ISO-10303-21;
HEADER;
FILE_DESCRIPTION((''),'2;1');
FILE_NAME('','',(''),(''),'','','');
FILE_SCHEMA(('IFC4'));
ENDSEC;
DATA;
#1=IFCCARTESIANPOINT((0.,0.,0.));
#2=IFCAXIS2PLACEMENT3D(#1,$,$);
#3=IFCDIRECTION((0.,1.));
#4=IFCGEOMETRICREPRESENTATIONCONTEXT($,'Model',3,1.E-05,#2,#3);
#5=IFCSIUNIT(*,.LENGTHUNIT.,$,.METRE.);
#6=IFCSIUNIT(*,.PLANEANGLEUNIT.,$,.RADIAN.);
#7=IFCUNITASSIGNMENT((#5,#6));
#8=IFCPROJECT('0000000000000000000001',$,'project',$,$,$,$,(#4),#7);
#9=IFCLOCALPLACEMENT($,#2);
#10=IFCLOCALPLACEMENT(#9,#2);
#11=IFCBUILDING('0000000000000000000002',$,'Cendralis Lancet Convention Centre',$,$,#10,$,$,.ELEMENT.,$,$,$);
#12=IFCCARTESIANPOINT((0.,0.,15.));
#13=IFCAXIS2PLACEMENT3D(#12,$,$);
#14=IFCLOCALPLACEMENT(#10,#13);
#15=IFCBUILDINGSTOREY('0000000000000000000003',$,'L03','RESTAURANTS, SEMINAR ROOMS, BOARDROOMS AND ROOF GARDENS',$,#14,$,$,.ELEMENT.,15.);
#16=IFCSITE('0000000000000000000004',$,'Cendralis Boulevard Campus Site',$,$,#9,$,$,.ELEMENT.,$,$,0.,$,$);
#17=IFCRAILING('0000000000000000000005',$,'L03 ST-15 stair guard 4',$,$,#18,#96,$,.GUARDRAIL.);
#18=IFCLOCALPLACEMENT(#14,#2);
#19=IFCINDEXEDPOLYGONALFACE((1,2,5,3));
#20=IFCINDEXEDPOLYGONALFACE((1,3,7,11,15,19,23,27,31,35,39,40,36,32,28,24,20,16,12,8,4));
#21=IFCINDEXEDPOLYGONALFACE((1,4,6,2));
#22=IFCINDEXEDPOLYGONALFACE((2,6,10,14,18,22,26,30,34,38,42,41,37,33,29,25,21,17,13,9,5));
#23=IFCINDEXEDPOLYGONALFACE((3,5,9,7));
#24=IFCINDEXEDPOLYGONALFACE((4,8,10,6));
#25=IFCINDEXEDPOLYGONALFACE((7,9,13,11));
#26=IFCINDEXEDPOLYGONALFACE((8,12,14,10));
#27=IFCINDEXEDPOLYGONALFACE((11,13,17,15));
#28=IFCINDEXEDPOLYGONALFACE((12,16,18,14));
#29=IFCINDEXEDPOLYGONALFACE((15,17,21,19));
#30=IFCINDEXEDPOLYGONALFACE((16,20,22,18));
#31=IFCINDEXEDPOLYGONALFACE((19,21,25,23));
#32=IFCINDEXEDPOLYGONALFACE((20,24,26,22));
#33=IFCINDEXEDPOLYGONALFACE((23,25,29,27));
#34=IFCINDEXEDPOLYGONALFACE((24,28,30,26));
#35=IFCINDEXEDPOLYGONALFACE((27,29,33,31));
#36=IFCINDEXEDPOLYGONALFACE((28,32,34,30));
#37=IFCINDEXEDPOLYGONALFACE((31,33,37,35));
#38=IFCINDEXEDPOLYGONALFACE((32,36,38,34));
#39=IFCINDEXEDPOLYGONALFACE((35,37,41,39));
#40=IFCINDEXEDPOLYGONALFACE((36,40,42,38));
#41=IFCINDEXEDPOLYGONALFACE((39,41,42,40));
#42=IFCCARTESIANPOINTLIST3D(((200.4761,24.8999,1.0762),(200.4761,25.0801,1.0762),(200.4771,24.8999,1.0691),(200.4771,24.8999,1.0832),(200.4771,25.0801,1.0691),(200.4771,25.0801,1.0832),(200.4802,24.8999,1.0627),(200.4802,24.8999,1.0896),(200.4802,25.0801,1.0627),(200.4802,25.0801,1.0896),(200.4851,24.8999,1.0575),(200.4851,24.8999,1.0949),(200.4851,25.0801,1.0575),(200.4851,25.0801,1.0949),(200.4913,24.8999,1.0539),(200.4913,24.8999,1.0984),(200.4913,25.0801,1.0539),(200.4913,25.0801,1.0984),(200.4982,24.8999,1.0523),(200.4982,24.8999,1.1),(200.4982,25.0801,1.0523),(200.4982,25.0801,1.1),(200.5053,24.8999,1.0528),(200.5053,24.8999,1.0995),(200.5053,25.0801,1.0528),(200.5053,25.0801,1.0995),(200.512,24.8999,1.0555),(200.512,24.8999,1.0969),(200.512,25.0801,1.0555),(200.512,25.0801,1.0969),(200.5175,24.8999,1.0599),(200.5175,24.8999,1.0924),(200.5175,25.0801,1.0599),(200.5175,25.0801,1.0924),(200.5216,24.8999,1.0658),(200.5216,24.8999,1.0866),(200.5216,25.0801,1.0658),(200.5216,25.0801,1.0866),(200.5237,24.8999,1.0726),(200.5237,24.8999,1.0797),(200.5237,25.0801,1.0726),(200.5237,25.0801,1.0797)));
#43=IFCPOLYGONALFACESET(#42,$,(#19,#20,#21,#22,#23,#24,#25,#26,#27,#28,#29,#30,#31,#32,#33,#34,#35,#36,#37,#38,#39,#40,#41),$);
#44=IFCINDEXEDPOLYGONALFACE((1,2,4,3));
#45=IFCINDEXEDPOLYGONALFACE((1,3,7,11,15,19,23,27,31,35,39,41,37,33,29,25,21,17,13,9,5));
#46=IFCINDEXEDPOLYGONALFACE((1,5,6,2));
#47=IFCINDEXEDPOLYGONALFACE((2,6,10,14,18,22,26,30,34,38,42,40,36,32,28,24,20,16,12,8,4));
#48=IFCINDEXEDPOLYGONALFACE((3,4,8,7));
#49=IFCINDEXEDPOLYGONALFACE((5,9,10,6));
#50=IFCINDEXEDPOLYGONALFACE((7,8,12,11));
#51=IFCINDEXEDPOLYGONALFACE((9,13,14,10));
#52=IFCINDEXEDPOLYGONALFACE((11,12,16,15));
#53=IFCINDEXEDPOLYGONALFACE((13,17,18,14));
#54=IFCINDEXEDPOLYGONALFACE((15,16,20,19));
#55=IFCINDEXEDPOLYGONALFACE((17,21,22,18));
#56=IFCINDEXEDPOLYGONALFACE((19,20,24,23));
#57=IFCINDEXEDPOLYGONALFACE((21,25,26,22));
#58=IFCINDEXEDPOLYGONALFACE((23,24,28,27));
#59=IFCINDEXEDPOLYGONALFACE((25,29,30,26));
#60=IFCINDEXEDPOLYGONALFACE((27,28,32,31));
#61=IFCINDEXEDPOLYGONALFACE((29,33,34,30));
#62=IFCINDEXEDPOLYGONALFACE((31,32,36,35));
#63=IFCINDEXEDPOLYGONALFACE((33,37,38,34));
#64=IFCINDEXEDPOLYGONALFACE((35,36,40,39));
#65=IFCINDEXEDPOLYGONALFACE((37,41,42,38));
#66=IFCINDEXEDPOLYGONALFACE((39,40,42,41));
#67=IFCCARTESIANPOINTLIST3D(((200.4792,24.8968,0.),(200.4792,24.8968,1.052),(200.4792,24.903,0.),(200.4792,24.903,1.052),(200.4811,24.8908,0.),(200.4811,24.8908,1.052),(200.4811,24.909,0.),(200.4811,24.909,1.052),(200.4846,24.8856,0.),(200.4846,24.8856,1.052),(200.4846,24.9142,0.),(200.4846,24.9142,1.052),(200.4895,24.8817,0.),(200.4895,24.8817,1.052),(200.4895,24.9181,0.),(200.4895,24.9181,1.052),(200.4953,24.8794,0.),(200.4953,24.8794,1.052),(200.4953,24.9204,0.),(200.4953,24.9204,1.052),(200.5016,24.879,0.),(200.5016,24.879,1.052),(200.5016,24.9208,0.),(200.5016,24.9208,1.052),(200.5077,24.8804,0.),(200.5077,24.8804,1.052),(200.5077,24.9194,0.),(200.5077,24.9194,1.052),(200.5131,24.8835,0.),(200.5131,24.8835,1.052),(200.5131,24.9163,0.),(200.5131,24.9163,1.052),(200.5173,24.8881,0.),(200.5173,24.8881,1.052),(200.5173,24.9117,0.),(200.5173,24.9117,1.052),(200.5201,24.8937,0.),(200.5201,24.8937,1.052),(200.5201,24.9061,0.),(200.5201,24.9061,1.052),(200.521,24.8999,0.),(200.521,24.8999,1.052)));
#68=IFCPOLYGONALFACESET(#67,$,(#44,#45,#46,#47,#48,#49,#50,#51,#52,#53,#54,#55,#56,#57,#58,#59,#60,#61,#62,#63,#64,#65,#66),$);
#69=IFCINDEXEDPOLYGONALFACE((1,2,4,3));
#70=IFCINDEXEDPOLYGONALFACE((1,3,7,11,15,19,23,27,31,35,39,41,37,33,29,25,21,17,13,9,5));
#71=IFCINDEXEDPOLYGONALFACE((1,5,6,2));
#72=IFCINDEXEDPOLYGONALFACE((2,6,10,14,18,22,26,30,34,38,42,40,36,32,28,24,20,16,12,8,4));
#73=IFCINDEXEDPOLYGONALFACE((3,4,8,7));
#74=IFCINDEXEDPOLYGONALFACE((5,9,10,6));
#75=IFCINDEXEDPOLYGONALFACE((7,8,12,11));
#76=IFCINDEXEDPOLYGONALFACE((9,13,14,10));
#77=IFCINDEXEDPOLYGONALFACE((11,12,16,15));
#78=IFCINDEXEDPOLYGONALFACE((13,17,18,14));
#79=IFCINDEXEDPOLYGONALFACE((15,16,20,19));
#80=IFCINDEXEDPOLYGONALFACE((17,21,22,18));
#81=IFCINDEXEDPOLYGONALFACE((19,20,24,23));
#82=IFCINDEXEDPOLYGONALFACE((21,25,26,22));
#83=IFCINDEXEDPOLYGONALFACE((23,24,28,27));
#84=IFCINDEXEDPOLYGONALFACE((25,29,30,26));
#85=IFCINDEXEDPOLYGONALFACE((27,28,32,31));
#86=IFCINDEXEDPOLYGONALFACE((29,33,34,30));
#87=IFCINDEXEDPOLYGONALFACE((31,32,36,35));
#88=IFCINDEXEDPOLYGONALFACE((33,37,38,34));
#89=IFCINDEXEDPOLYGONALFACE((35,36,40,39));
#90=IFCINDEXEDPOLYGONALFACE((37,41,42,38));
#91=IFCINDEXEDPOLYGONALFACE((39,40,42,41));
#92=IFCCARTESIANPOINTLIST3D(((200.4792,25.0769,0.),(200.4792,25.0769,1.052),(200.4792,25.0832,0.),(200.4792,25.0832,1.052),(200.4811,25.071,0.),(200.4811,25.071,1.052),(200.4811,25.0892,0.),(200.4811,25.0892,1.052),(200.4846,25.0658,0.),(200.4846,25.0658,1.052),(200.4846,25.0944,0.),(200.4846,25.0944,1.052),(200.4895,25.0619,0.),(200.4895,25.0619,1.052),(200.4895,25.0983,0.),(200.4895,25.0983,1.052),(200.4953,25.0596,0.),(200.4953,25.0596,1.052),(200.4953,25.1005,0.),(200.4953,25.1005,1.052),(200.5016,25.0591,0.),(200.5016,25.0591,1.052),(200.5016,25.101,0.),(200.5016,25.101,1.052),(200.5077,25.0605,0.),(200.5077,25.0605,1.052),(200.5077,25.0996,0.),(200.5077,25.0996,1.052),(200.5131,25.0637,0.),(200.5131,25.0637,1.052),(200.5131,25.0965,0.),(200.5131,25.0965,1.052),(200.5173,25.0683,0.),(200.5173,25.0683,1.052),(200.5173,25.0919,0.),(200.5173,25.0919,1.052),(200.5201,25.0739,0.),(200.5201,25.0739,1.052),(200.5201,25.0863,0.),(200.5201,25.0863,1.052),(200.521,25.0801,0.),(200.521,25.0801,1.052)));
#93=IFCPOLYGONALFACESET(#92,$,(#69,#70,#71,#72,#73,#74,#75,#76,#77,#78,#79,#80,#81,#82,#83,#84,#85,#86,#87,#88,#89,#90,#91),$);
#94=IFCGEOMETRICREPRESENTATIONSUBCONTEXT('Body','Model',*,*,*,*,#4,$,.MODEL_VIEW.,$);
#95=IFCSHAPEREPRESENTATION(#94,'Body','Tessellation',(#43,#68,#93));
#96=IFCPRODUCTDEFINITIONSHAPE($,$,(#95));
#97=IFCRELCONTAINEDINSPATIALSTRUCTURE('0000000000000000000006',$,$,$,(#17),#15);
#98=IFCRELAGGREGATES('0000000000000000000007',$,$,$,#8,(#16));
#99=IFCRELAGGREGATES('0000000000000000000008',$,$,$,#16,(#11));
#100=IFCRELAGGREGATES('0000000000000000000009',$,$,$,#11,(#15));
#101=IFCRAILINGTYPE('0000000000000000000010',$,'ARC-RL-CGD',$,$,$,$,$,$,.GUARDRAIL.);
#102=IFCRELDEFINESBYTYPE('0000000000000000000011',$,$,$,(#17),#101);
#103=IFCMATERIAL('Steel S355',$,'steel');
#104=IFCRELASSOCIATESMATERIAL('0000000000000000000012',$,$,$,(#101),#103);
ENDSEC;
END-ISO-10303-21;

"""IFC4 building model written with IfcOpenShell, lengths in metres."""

from ifc_helpers import new_model, si_unit, direction, frame, origin, origin_2d, place, context, subcontext, project, spatial, circle, extrude, material, type_object, element, save


model = new_model("IFC4")

# Units and contexts
model_context = context("Model", 3, precision=1e-05, world=origin(), true_north=direction((0.0, 1.0)))
body_context = subcontext(model_context, "Body", "Model", "MODEL_VIEW")
ifc_project = project(units=[si_unit("LENGTHUNIT", "METRE"), si_unit("PLANEANGLEUNIT", "RADIAN")], contexts=[model_context])

# Site, building, storey
site_placement = place(None, origin())
site = spatial("IfcSite", under=ifc_project, at=site_placement, Name="Cendralis Boulevard Campus Site", CompositionType="ELEMENT", RefElevation=0.0)
building_placement = place(site_placement, origin())
building = spatial("IfcBuilding", under=site, at=building_placement, Name="Cendralis Lancet Convention Centre", CompositionType="ELEMENT")
storey_placement = place(building_placement, frame((0.0, 0.0, 15.0)))
storey = spatial("IfcBuildingStorey", under=building, at=storey_placement, Name="L03", Description="RESTAURANTS, SEMINAR ROOMS, BOARDROOMS AND ROOF GARDENS", CompositionType="ELEMENT", Elevation=15.0)

# Shared definitions
ifc_material_1 = material(Name="Steel S355", Category="steel")

# Railing
railing_type_1 = type_object("IfcRailingType", Name="ARC-RL-CGD", PredefinedType="GUARDRAIL", material=ifc_material_1)
railing_1_placement = place(storey_placement, frame((200.5, 24.8999, 0.0)))
element("IfcRailing", 1, at=railing_1_placement, inside=storey, type_object=railing_type_1, Name="L03 ST-15 stair guard 4", PredefinedType="GUARDRAIL", context=body_context, shape_type="SweptSolid", body=[
    extrude(circle(Radius=0.0239, at=origin_2d()), frame((0.0, 0.0, 1.0762), z_axis=(0.0, 1.0, 0.0), x_axis=(-1.0, 0.0, 0.0)), (0.0, 0.0, 1.0), 0.1802),
    extrude(circle(Radius=0.021, at=origin_2d()), origin(), (0.0, 0.0, 1.0), 1.052),
    extrude(circle(Radius=0.021, at=origin_2d()), frame((0.0, 0.1802, 0.0)), (0.0, 0.0, 1.0), 1.052),
])

save(model, "model.ifc")
